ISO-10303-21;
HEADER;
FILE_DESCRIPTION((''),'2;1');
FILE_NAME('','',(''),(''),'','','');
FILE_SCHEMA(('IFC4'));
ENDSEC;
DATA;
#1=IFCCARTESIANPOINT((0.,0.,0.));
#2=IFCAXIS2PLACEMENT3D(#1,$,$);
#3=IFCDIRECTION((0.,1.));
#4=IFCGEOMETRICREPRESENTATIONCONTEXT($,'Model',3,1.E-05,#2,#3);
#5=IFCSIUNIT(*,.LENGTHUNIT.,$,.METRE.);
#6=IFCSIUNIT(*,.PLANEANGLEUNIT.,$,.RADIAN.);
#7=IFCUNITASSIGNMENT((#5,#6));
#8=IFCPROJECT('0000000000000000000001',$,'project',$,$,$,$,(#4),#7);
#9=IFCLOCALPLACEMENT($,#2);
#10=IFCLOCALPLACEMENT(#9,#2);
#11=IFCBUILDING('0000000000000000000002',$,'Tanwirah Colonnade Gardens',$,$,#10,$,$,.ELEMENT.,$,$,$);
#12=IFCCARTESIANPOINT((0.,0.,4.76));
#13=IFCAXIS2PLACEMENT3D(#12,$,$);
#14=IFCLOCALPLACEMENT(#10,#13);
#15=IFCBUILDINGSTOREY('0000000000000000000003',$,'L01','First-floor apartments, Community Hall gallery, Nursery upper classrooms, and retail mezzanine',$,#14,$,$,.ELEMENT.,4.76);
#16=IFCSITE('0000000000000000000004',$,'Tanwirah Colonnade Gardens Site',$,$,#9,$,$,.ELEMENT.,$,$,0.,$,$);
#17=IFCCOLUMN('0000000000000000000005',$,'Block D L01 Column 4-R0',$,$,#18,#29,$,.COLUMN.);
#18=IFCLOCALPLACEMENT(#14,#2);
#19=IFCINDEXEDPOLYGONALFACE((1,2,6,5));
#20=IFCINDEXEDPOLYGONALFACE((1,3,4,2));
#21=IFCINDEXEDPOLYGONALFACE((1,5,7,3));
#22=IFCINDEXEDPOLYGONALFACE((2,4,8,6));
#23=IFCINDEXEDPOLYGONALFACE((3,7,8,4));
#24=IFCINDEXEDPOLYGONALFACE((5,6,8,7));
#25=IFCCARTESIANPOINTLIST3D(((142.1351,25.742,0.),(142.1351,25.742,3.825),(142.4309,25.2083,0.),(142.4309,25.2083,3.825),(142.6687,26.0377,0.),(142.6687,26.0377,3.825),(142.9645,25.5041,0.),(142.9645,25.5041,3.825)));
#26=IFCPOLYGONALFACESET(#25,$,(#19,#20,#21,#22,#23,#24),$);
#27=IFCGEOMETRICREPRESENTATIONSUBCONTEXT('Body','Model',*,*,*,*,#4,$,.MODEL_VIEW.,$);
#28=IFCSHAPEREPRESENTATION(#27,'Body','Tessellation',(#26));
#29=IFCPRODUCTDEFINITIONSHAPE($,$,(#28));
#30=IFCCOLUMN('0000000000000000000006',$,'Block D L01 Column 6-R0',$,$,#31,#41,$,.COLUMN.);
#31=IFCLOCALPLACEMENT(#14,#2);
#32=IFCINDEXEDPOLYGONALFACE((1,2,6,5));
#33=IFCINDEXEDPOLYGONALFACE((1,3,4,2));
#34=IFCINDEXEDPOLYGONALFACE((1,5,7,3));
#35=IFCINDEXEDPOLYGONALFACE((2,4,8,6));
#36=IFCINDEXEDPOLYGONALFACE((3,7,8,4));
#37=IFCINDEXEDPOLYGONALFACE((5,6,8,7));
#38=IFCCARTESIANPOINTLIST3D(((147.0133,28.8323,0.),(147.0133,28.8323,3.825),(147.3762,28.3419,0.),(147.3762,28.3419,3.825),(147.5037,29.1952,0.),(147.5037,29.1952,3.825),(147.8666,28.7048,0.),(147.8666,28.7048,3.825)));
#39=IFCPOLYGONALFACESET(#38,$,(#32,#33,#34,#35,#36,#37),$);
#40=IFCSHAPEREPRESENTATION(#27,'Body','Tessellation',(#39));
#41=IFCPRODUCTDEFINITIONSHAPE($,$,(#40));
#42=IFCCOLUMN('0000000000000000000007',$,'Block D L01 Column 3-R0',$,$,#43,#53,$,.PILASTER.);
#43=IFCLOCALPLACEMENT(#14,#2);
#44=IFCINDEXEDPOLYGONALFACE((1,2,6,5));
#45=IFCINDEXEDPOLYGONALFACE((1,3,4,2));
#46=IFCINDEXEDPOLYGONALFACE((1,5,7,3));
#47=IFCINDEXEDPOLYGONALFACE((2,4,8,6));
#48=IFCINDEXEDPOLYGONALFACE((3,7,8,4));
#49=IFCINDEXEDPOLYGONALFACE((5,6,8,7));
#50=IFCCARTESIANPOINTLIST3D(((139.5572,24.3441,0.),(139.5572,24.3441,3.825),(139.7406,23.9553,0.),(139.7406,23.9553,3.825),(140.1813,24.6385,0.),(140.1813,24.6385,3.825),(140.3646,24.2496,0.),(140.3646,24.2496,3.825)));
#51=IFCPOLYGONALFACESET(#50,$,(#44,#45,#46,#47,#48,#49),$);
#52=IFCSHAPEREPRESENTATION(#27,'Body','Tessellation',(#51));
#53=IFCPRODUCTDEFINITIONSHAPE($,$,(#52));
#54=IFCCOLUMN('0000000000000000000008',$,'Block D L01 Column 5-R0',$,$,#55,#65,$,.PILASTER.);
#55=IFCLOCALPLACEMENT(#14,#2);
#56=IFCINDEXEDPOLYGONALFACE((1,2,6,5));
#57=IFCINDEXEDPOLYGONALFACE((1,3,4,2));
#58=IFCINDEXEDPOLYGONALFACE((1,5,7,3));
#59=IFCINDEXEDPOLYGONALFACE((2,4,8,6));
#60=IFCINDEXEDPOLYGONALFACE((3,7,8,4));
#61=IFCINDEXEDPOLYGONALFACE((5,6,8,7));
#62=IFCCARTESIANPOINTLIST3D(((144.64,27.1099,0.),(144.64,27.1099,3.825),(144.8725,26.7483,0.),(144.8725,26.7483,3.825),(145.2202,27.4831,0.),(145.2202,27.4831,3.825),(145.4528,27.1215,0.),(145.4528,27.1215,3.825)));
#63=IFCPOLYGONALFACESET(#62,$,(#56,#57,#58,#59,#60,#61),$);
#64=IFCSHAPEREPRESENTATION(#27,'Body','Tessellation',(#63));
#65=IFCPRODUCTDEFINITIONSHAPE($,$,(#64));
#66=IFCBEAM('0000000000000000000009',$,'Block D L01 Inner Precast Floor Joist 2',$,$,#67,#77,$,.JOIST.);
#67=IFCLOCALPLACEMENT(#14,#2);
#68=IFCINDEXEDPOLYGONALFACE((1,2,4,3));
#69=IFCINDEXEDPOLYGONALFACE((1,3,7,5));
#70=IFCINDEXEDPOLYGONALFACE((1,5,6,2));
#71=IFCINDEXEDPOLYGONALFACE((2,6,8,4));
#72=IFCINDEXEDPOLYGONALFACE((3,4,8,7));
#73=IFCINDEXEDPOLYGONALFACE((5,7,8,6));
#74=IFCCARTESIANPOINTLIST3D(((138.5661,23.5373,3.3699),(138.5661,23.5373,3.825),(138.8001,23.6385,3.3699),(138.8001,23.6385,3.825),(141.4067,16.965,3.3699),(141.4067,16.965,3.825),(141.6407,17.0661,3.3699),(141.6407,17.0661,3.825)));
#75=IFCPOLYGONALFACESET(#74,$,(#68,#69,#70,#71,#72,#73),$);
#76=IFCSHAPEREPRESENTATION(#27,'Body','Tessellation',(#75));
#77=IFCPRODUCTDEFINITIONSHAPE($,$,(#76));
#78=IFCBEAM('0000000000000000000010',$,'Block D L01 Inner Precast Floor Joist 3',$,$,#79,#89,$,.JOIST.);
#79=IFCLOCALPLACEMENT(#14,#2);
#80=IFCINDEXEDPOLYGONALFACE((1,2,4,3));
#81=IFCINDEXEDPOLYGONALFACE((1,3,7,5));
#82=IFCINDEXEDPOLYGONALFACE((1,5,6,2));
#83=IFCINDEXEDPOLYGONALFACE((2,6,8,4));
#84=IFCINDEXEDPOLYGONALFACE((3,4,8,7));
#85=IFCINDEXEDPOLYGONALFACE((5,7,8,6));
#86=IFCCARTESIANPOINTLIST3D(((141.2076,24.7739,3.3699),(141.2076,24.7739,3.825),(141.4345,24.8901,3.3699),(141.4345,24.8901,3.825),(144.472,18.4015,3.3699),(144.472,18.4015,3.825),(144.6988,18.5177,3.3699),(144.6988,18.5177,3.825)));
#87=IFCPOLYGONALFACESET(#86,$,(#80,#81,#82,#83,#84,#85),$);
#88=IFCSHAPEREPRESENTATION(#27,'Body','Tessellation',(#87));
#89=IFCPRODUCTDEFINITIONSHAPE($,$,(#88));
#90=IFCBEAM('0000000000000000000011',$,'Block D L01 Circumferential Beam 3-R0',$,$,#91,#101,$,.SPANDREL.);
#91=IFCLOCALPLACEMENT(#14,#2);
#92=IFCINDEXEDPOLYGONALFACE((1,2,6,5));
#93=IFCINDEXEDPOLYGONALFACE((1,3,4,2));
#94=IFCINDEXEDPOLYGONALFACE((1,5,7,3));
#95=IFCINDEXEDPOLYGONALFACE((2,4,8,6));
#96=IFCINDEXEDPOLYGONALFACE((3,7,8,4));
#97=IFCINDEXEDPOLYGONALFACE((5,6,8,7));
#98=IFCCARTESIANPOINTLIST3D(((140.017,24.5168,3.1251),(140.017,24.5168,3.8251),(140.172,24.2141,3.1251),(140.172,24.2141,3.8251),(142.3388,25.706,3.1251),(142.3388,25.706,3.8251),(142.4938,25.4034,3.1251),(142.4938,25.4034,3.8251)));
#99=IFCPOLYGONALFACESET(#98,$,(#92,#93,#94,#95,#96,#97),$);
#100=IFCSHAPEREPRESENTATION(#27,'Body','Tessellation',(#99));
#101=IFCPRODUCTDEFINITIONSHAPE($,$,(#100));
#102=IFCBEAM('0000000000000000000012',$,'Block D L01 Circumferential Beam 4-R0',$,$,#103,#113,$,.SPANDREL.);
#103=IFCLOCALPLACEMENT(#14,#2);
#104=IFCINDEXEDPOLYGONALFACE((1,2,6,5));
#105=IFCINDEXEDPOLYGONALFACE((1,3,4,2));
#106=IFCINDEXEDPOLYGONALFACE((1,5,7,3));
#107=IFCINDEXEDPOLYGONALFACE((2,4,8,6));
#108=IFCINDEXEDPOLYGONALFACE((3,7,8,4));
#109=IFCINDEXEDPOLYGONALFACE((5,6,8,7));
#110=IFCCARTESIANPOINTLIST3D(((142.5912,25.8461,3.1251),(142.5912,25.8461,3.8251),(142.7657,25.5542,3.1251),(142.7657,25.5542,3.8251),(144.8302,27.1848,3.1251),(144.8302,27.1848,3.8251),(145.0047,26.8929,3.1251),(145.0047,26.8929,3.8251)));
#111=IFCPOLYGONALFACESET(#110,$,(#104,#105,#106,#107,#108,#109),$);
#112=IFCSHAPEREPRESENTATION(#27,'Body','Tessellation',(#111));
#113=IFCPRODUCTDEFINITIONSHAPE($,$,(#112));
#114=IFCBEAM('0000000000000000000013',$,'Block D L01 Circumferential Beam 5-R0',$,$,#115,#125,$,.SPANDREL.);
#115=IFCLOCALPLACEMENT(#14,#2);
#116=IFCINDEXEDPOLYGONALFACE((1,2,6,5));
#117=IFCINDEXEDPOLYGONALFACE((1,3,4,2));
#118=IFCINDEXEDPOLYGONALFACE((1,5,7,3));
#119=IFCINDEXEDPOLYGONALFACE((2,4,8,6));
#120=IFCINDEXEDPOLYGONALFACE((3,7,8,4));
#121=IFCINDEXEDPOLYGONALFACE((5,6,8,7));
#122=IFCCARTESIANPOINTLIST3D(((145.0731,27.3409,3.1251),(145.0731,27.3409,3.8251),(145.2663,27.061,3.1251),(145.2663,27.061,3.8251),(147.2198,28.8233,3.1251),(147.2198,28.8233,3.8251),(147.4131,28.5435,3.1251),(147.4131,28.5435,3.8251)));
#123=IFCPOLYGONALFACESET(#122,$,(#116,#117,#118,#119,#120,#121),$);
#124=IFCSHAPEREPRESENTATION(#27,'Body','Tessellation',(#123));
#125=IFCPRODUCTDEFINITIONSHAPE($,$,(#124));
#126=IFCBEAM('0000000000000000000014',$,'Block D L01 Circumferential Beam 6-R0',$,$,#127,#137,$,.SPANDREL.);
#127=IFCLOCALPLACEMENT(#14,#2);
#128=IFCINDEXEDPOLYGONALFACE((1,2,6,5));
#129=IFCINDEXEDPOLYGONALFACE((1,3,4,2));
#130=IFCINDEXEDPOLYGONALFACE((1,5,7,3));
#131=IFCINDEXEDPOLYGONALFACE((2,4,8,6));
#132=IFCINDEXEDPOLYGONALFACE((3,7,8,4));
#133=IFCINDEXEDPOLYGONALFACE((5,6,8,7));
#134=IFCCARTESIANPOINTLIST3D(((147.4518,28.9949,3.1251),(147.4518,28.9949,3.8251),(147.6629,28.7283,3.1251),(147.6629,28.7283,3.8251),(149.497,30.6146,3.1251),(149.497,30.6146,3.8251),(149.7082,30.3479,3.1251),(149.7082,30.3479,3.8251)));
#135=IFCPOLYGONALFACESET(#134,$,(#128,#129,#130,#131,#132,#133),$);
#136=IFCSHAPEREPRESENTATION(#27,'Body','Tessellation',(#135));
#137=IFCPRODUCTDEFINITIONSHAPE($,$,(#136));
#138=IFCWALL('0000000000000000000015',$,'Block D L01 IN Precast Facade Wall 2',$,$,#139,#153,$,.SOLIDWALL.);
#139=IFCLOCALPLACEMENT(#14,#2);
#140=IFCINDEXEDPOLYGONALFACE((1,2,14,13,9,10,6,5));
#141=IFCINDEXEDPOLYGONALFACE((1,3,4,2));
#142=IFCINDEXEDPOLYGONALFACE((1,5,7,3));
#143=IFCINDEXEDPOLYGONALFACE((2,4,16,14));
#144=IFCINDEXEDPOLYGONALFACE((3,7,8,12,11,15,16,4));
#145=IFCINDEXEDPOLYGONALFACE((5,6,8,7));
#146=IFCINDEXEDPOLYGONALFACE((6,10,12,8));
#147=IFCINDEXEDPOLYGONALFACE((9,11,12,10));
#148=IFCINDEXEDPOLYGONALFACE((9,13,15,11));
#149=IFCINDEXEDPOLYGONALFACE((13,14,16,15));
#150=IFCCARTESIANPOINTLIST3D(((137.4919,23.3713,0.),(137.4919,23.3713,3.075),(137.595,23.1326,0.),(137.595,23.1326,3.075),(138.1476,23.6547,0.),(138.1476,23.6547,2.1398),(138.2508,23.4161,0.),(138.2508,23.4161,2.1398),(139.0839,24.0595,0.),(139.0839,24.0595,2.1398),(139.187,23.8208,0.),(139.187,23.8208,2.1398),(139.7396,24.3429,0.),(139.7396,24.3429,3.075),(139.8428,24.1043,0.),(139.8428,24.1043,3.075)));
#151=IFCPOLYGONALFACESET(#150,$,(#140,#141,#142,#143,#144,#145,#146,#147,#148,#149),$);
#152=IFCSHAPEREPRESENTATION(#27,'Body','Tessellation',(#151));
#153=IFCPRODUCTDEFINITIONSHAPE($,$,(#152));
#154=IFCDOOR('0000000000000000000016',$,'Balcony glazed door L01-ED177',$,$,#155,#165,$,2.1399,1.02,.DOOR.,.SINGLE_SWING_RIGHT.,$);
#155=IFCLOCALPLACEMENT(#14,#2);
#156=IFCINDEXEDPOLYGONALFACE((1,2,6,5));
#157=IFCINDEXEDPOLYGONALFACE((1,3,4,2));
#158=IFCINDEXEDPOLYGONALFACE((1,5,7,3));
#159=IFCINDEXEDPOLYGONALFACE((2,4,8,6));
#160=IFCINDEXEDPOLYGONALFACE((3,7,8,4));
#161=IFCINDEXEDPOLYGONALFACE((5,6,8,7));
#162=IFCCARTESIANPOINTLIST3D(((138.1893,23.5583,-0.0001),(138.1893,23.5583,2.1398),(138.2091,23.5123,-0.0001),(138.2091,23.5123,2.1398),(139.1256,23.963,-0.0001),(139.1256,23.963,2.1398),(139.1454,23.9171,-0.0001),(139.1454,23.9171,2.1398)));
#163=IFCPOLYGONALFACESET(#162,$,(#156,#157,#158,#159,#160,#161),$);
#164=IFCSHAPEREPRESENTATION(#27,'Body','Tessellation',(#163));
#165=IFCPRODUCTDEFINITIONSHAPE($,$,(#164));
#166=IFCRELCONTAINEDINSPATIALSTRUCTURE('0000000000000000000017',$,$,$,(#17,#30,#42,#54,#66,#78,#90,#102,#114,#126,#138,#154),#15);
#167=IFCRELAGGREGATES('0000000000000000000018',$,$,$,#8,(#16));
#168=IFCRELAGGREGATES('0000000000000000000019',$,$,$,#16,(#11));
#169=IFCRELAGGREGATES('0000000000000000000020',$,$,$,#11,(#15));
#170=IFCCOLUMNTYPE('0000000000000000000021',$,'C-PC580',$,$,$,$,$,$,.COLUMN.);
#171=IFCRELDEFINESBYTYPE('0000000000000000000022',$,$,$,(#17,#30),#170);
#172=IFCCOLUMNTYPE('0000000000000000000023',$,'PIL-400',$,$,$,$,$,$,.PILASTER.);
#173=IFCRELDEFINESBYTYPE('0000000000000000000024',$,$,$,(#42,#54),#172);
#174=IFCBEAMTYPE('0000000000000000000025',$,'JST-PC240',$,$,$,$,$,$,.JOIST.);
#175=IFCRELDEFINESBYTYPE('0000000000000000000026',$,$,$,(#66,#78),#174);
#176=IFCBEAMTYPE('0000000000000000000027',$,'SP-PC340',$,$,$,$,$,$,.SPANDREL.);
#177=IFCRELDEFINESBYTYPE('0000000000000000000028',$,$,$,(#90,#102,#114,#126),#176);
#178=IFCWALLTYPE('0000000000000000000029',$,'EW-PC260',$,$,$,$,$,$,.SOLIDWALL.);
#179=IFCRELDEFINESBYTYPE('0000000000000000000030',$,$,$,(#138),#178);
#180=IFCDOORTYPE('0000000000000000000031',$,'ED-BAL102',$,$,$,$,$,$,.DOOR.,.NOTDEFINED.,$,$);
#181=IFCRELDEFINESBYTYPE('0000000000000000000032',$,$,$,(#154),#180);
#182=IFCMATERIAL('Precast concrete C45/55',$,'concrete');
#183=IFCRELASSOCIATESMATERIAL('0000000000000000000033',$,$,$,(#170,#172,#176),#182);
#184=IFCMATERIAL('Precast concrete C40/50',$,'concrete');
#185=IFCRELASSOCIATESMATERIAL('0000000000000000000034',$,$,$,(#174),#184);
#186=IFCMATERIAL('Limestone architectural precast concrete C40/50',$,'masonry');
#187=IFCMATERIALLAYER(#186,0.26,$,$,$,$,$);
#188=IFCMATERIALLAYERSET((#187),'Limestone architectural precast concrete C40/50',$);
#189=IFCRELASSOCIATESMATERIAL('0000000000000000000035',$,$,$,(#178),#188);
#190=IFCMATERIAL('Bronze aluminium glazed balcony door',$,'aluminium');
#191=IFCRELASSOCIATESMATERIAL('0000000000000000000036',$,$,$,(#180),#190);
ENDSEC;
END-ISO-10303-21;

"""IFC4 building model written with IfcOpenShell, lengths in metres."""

from ifc_helpers import new_model, si_unit, direction, frame, frame_2d, origin, origin_2d, place, context, subcontext, project, spatial, rectangle, extrude, material, layer, layer_set, material_profile, profile_set, type_object, element, fill, save


model = new_model("IFC4")

# Units and contexts
model_context = context("Model", 3, precision=1e-05, world=origin(), true_north=direction((0.0, 1.0)))
body_context = subcontext(model_context, "Body", "Model", "MODEL_VIEW")
ifc_project = project(units=[si_unit("LENGTHUNIT", "METRE"), si_unit("PLANEANGLEUNIT", "RADIAN")], contexts=[model_context])

# Site, building, storey
site_placement = place(None, origin())
site = spatial("IfcSite", under=ifc_project, at=site_placement, Name="Tanwirah Colonnade Gardens Site", CompositionType="ELEMENT", RefElevation=0.0)
building_placement = place(site_placement, origin())
building = spatial("IfcBuilding", under=site, at=building_placement, Name="Tanwirah Colonnade Gardens", CompositionType="ELEMENT")
storey_placement = place(building_placement, frame((0.0, 0.0, 4.76)))
storey = spatial("IfcBuildingStorey", under=building, at=storey_placement, Name="L01", Description="First-floor apartments, Community Hall gallery, Nursery upper classrooms, and retail mezzanine", CompositionType="ELEMENT", Elevation=4.76)

# Columns
ifc_material_1 = material(Name="Precast concrete C45/55", Category="concrete")
ifc_material_profile_1 = material_profile(ifc_material_1, rectangle(XDim=0.6101, YDim=0.6101, at=origin_2d()), Name="PC-COL 610x610")
ifc_profile_set_1 = profile_set([ifc_material_profile_1], Name="Precast concrete C45/55")
column_type_1 = type_object("IfcColumnType", Name="C-PC580", PredefinedType="COLUMN", material=ifc_profile_set_1)
for number, where, z_axis, x_axis, name in (
    (1, (142.5498, 25.623, 0.0), (0.0, 0.0, 1.0), (0.48481, -0.87462, 0.0), "Block D L01 Column 4-R0"),
    (2, (147.4399, 28.7686, 0.0), (0.0, 0.0, 1.0), (0.594823, -0.803857, 0.0), "Block D L01 Column 6-R0"),
):
    element("IfcColumn", number, at=place(storey_placement, frame(where, z_axis=z_axis, x_axis=x_axis)), inside=storey, type_object=column_type_1, Name=name, PredefinedType="COLUMN", context=body_context, shape_type="SweptSolid", body=[
        extrude(rectangle(XDim=0.6101, YDim=0.6101, at=origin_2d()), origin(), (0.0, 0.0, 1.0), 3.825),
    ])
ifc_material_profile_2 = material_profile(ifc_material_1, rectangle(XDim=0.4299, YDim=0.6899, at=origin_2d()), Name="PC-PIL 430x690")
ifc_profile_set_2 = profile_set([ifc_material_profile_2], Name="Precast concrete C45/55")
column_type_2 = type_object("IfcColumnType", Name="PIL-400", PredefinedType="PILASTER", material=ifc_profile_set_2)
for number, where, z_axis, x_axis, name in (
    (3, (139.9609, 24.2969, 0.0), (0.0, 0.0, 1.0), (0.426569, -0.904455, 0.0), "Block D L01 Column 3-R0"),
    (4, (145.0464, 27.1157, 0.0), (0.0, 0.0, 1.0), (0.540974, -0.841039, 0.0), "Block D L01 Column 5-R0"),
):
    element("IfcColumn", number, at=place(storey_placement, frame(where, z_axis=z_axis, x_axis=x_axis)), inside=storey, type_object=column_type_2, Name=name, PredefinedType="PILASTER", context=body_context, shape_type="SweptSolid", body=[
        extrude(rectangle(XDim=0.4299, YDim=0.6899, at=origin_2d()), origin(), (0.0, 0.0, 1.0), 3.825),
    ])

# Beams
ifc_material_2 = material(Name="Precast concrete C40/50", Category="concrete")
ifc_material_profile_3 = material_profile(ifc_material_2, rectangle(XDim=0.2549, YDim=0.4551, at=origin_2d()), Name="PC-JST 255x455")
ifc_profile_set_3 = profile_set([ifc_material_profile_3], Name="Precast concrete C40/50")
beam_type_1 = type_object("IfcBeamType", Name="JST-PC240", PredefinedType="JOIST", material=ifc_profile_set_3)
for number, where, z_axis, x_axis, name in (
    (5, (138.6831, 23.5879, 3.5974), (0.396736, -0.917933, 0.0), (0.917933, 0.396736, 0.0), "Block D L01 Inner Precast Floor Joist 2"),
    (6, (141.321, 24.832, 3.5974), (0.455921, -0.89002, 0.0), (0.89002, 0.455921, 0.0), "Block D L01 Inner Precast Floor Joist 3"),
):
    element("IfcBeam", number, at=place(storey_placement, frame(where, z_axis=z_axis, x_axis=x_axis)), inside=storey, type_object=beam_type_1, Name=name, PredefinedType="JOIST", context=body_context, shape_type="SweptSolid", body=[
        extrude(rectangle(XDim=0.2549, YDim=0.4551, at=origin_2d()), origin(), (0.0, 0.0, 1.0), 7.1599),
    ])
ifc_material_profile_4 = material_profile(ifc_material_1, rectangle(XDim=0.3401, YDim=0.7, at=origin_2d()), Name="PC-SP 340x700")
ifc_profile_set_4 = profile_set([ifc_material_profile_4], Name="Precast concrete C45/55")
beam_type_2 = type_object("IfcBeamType", Name="SP-PC340", PredefinedType="SPANDREL", material=ifc_profile_set_4)
for number, where, z_axis, x_axis, name in (
    (7, (140.0945, 24.3655, 3.4751), (0.890042, 0.455878, 0.0), (-0.455878, 0.890042, 0.0), "Block D L01 Circumferential Beam 3-R0"),
    (8, (142.6785, 25.7002, 3.4751), (0.858301, 0.513146, 0.0), (-0.513146, 0.858301, 0.0), "Block D L01 Circumferential Beam 4-R0"),
):
    element("IfcBeam", number, at=place(storey_placement, frame(where, z_axis=z_axis, x_axis=x_axis)), inside=storey, type_object=beam_type_2, Name=name, PredefinedType="SPANDREL", context=body_context, shape_type="SweptSolid", body=[
        extrude(rectangle(XDim=0.3401, YDim=0.7, at=origin_2d()), origin(), (0.0, 0.0, 1.0), 2.6086),
    ])
for number, where, z_axis, x_axis, name in (
    (9, (145.1697, 27.2009, 3.4751), (0.822869, 0.568231, 0.0), (-0.568231, 0.822869, 0.0), "Block D L01 Circumferential Beam 5-R0"),
    (10, (147.5574, 28.8616, 3.4751), (0.783945, 0.62083, 0.0), (-0.62083, 0.783945, 0.0), "Block D L01 Circumferential Beam 6-R0"),
):
    element("IfcBeam", number, at=place(storey_placement, frame(where, z_axis=z_axis, x_axis=x_axis)), inside=storey, type_object=beam_type_2, Name=name, PredefinedType="SPANDREL", context=body_context, shape_type="SweptSolid", body=[
        extrude(rectangle(XDim=0.3401, YDim=0.7, at=origin_2d()), origin(), (0.0, 0.0, 1.0), 2.6089),
    ])

# Wall, opening, door
ifc_material_3 = material(Name="Limestone architectural precast concrete C40/50", Category="masonry")
ifc_layer_1 = layer(ifc_material_3, 0.26)
ifc_layer_set_1 = layer_set([ifc_layer_1], Name="Limestone architectural precast concrete C40/50")
wall_type_1 = type_object("IfcWallType", Name="EW-PC260", PredefinedType="SOLIDWALL", material=ifc_layer_set_1)
wall_1_placement = place(storey_placement, frame((137.5435, 23.252, 0.0), z_axis=(0.0, 0.0, 1.0), x_axis=(0.917908, 0.396793, 0.0)))
wall_1 = element("IfcWall", 11, at=wall_1_placement, inside=storey, type_object=wall_type_1, Name="Block D L01 IN Precast Facade Wall 2", PredefinedType="SOLIDWALL", context=body_context, shape_type="SweptSolid", body=[
    extrude(rectangle(XDim=2.4487, YDim=0.26, at=frame_2d((1.2244, 0.0))), origin(), (0.0, 0.0, 1.0), 3.075),
])
opening_1_placement = place(wall_1_placement, frame((0.7144, 0.0, 0.0)))
opening_1 = element("IfcOpeningElement", 12, at=opening_1_placement, cuts=wall_1, PredefinedType="OPENING", context=body_context, shape_type="SweptSolid", body=[
    extrude(rectangle(XDim=1.02, YDim=2.1399, at=frame_2d((0.51, 1.0698))), frame((0.0, 0.1399, 0.0), z_axis=(0.0, -1.0, 0.0), x_axis=(1.0, 0.0, 0.0)), (0.0, 0.0, 1.0), 0.28),
])
ifc_material_4 = material(Name="Bronze aluminium glazed balcony door", Category="aluminium")
door_type_1 = type_object("IfcDoorType", Name="ED-BAL102", OperationType="NOTDEFINED", PredefinedType="DOOR", material=ifc_material_4)
door_1_placement = place(opening_1_placement, origin())
door_1 = element("IfcDoor", 13, at=door_1_placement, inside=storey, type_object=door_type_1, Name="Balcony glazed door L01-ED177", OperationType="SINGLE_SWING_RIGHT", OverallHeight=2.1399, OverallWidth=1.02, PredefinedType="DOOR", context=body_context, shape_type="SweptSolid", body=[
    extrude(rectangle(XDim=1.02, YDim=2.1399, at=frame_2d((0.51, 1.0698))), frame((0.0, 0.0249, 0.0), z_axis=(0.0, -1.0, 0.0), x_axis=(1.0, 0.0, 0.0)), (0.0, 0.0, 1.0), 0.05),
])
fill(opening_1, door_1)

save(model, "model.ifc")
